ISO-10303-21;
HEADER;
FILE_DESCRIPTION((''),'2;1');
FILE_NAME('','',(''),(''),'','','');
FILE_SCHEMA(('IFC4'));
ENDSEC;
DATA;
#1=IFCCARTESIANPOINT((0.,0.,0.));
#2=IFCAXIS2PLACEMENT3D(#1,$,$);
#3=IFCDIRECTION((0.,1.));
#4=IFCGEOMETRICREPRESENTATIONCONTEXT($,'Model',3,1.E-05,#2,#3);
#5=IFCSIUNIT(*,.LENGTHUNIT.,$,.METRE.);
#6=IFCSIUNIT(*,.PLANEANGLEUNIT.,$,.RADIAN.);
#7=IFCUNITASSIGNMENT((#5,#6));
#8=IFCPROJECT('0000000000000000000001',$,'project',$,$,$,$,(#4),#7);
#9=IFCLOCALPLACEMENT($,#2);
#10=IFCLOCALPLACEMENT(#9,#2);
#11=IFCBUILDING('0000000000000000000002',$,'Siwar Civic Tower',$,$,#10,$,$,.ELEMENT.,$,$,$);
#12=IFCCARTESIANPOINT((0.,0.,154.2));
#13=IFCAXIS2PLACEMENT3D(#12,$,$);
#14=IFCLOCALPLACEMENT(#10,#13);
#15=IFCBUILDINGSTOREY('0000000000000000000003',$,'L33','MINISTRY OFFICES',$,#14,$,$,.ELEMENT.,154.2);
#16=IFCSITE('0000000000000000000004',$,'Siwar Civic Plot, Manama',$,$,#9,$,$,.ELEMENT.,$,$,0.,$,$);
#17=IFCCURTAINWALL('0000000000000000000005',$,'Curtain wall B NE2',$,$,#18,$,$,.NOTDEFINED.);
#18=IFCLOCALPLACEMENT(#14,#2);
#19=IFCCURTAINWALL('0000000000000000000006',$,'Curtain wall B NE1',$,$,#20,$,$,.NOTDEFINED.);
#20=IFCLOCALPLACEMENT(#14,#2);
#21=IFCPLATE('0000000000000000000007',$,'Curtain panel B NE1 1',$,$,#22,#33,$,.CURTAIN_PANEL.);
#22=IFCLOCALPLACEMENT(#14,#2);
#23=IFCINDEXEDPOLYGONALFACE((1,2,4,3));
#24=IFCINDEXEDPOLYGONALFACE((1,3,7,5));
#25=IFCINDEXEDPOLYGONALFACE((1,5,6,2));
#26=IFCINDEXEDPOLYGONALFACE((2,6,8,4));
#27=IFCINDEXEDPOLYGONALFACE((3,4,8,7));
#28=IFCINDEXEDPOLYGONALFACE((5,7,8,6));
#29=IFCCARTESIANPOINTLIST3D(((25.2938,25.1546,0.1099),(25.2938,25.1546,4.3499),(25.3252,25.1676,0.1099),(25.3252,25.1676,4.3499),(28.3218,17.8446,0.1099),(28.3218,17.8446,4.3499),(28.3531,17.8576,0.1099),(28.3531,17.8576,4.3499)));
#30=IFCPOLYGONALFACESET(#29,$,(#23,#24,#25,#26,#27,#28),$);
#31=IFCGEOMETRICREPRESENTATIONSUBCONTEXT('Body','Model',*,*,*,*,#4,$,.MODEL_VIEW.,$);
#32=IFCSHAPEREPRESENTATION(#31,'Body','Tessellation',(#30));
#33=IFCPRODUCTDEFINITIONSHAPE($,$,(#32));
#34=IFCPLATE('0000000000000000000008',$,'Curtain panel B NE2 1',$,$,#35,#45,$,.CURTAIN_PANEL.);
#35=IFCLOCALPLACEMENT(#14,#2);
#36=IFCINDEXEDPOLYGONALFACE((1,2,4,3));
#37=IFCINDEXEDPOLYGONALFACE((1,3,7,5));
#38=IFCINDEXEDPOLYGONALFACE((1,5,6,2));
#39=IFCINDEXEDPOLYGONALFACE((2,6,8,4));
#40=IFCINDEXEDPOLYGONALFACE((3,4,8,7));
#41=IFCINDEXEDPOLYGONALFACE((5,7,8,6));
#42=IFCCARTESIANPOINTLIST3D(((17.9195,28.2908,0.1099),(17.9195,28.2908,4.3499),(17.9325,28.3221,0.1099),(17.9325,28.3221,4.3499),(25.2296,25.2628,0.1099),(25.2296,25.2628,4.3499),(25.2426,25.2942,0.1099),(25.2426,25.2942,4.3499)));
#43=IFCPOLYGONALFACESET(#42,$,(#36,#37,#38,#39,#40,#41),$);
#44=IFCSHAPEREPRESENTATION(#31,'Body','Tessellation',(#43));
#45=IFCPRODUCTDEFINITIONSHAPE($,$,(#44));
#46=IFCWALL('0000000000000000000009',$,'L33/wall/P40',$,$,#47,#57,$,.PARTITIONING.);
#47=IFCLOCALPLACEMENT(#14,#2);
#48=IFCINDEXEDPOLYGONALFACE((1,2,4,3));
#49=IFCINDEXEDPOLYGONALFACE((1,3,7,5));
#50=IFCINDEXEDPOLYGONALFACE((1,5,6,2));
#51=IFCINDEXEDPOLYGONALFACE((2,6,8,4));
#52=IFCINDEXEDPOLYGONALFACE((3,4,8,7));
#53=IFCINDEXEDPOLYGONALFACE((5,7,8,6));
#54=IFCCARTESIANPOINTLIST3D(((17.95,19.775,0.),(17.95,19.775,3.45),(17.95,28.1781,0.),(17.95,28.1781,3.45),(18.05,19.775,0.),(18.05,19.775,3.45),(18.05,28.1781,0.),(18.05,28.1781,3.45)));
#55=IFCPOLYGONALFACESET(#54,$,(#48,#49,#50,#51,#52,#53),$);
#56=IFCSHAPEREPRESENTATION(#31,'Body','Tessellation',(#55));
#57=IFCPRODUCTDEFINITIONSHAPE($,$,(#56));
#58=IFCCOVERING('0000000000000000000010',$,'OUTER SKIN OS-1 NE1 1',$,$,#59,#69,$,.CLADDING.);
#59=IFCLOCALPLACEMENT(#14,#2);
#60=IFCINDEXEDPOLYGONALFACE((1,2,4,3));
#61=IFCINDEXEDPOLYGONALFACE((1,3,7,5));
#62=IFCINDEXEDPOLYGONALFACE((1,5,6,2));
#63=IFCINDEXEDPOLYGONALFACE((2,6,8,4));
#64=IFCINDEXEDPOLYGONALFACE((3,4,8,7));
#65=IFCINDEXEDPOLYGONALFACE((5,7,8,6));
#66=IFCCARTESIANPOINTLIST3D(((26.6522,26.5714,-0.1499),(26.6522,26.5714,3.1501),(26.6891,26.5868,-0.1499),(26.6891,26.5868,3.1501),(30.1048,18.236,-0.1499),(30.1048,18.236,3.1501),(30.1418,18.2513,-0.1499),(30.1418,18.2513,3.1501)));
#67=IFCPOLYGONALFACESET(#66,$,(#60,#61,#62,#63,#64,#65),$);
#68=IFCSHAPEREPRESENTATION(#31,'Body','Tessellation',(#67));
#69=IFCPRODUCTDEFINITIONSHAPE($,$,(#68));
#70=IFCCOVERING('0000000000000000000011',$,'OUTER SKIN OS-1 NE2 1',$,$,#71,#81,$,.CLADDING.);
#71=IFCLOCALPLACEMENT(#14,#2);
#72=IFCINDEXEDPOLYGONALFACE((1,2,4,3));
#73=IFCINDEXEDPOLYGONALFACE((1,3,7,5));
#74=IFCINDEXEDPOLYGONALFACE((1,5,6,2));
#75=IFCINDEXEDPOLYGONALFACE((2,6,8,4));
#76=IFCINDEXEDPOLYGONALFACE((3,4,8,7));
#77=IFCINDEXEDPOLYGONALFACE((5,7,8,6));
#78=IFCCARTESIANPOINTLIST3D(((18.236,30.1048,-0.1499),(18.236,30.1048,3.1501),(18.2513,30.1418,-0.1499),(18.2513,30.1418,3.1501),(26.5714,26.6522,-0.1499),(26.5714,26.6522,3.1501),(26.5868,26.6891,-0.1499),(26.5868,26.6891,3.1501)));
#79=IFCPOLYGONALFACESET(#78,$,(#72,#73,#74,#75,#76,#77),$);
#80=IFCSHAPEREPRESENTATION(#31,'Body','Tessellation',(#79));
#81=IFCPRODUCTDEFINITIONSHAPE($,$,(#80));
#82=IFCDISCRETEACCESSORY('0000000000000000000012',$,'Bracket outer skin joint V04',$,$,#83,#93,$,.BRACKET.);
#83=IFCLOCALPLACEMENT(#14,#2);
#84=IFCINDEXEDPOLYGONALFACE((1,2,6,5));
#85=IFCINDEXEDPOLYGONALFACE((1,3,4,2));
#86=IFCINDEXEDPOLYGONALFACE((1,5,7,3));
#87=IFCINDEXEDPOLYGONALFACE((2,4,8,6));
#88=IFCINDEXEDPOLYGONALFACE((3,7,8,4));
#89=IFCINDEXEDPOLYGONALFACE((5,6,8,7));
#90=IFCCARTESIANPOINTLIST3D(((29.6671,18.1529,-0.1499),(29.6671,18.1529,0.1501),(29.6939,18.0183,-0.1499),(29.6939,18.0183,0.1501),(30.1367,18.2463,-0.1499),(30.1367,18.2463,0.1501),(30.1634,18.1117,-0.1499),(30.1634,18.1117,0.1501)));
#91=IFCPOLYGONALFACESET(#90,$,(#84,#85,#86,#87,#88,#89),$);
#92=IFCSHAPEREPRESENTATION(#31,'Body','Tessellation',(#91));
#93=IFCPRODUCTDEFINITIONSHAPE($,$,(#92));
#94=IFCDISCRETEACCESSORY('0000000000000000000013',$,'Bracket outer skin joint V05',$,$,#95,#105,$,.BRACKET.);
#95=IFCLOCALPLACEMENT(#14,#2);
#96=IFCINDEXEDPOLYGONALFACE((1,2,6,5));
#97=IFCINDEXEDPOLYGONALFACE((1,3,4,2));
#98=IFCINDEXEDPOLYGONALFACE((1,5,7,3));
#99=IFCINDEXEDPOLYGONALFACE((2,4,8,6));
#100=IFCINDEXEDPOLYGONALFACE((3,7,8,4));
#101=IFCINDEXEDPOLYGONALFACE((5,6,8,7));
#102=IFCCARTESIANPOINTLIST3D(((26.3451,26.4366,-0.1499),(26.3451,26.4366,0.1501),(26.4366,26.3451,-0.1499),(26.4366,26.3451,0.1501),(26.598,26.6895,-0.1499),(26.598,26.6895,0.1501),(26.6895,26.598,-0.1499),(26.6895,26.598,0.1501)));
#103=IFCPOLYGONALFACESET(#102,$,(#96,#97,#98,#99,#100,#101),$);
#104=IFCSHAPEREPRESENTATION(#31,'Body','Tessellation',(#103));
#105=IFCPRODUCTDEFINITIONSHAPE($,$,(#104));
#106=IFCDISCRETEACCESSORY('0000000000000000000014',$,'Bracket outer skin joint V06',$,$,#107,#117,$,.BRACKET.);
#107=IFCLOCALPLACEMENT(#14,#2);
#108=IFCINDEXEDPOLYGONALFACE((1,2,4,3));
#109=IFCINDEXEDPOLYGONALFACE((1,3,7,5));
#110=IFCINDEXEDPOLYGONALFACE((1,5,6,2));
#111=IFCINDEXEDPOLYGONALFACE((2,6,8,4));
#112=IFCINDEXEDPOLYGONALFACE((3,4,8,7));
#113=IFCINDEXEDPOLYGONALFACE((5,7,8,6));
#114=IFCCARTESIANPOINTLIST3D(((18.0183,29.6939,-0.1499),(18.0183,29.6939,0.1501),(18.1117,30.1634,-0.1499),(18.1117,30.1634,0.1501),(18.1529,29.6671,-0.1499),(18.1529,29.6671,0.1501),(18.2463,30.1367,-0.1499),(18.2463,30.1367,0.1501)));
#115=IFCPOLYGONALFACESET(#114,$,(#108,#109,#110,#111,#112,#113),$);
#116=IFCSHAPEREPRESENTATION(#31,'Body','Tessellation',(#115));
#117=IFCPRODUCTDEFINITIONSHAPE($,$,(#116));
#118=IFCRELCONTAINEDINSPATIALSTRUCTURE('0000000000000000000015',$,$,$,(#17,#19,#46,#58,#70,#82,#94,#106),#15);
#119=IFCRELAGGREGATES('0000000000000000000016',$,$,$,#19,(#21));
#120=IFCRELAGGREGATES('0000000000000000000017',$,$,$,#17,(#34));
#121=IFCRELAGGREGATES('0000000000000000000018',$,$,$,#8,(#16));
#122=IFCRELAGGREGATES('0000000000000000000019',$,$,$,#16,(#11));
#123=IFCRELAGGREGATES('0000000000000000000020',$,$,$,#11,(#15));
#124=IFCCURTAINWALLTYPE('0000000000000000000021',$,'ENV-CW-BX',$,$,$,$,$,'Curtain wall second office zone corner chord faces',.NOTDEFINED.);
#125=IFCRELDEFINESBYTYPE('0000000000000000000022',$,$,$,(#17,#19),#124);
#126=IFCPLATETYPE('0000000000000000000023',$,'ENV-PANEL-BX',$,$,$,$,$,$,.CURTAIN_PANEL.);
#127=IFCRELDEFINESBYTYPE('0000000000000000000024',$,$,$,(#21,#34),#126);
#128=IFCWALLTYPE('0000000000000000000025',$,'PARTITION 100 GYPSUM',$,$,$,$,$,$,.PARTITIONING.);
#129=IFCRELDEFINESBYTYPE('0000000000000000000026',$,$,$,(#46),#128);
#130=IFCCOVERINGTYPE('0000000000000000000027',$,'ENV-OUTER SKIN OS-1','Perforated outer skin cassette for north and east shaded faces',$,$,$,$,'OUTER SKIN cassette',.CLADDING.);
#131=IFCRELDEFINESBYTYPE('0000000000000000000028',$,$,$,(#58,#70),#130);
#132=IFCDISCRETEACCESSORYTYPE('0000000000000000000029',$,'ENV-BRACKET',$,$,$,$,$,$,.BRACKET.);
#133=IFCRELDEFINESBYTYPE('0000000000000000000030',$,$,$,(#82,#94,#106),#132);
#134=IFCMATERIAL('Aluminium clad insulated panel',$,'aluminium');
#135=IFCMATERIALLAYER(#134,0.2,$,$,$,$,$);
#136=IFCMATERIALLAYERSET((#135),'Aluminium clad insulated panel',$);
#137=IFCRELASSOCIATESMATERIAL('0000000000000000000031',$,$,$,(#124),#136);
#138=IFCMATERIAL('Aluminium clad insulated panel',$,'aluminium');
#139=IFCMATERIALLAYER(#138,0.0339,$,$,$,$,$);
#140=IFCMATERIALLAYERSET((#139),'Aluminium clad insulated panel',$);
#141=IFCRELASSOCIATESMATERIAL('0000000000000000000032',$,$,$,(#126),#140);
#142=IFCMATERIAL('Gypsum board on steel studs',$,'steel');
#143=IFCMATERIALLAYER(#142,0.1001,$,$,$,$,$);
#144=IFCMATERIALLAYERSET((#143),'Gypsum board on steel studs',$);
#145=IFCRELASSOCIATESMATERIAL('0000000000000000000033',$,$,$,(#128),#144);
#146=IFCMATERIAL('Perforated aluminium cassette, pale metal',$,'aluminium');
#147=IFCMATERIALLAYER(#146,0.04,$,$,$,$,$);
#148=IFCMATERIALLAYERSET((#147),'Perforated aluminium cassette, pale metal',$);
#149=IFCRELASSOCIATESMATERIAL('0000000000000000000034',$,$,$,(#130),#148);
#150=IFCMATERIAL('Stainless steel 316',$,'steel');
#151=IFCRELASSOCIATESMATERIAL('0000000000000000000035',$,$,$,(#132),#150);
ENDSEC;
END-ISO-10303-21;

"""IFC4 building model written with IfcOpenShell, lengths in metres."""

from ifc_helpers import new_model, si_unit, direction, frame, frame_2d, origin, origin_2d, place, context, subcontext, project, spatial, rectangle, extrude, material, layer, layer_set, type_object, element, aggregate, save


model = new_model("IFC4")

# Units and contexts
model_context = context("Model", 3, precision=1e-05, world=origin(), true_north=direction((0.0, 1.0)))
body_context = subcontext(model_context, "Body", "Model", "MODEL_VIEW")
ifc_project = project(units=[si_unit("LENGTHUNIT", "METRE"), si_unit("PLANEANGLEUNIT", "RADIAN")], contexts=[model_context])

# Site, building, storey
site_placement = place(None, origin())
site = spatial("IfcSite", under=ifc_project, at=site_placement, Name="Siwar Civic Plot, Manama", CompositionType="ELEMENT", RefElevation=0.0)
building_placement = place(site_placement, origin())
building = spatial("IfcBuilding", under=site, at=building_placement, Name="Siwar Civic Tower", CompositionType="ELEMENT")
storey_placement = place(building_placement, frame((0.0, 0.0, 154.2)))
storey = spatial("IfcBuildingStorey", under=building, at=storey_placement, Name="L33", Description="MINISTRY OFFICES", CompositionType="ELEMENT", Elevation=154.2)

# Curtain walls
ifc_material_1 = material(Name="Aluminium clad insulated panel", Category="aluminium")
ifc_layer_1 = layer(ifc_material_1, 0.2)
ifc_layer_set_1 = layer_set([ifc_layer_1], Name="Aluminium clad insulated panel")
curtain_wall_type_1 = type_object("IfcCurtainWallType", Name="ENV-CW-BX", ElementType="Curtain wall second office zone corner chord faces", PredefinedType="NOTDEFINED", material=ifc_layer_set_1)
curtain_wall_1_placement = place(storey_placement, origin())
curtain_wall_1 = element("IfcCurtainWall", 1, at=curtain_wall_1_placement, inside=storey, type_object=curtain_wall_type_1, Name="Curtain wall B NE2", PredefinedType="NOTDEFINED")
curtain_wall_2_placement = place(storey_placement, origin())
curtain_wall_2 = element("IfcCurtainWall", 2, at=curtain_wall_2_placement, inside=storey, type_object=curtain_wall_type_1, Name="Curtain wall B NE1", PredefinedType="NOTDEFINED")

# Plates
ifc_material_2 = material(Name="Aluminium clad insulated panel", Category="aluminium")
ifc_layer_2 = layer(ifc_material_2, 0.0339)
ifc_layer_set_2 = layer_set([ifc_layer_2], Name="Aluminium clad insulated panel")
plate_type = type_object("IfcPlateType", Name="ENV-PANEL-BX", PredefinedType="CURTAIN_PANEL", material=ifc_layer_set_2)
plate_1_placement = place(storey_placement, frame((26.8235, 21.5061, 0.1099), z_axis=(0.0, 0.0, 1.0), x_axis=(-0.382683, 0.92388, 0.0)))
plate_1 = element("IfcPlate", 3, at=plate_1_placement, type_object=plate_type, Name="Curtain panel B NE1 1", PredefinedType="CURTAIN_PANEL", context=body_context, shape_type="SweptSolid", body=[
    extrude(rectangle(XDim=7.9124, YDim=0.0339, at=origin_2d()), origin(), (0.0, 0.0, 1.0), 4.24),
])
aggregate(curtain_wall_2, [plate_1])
plate_2_placement = place(storey_placement, frame((21.5811, 26.7925, 0.1099), z_axis=(0.0, 0.0, 1.0), x_axis=(-0.92388, 0.382683, 0.0)))
plate_2 = element("IfcPlate", 4, at=plate_2_placement, type_object=plate_type, Name="Curtain panel B NE2 1", PredefinedType="CURTAIN_PANEL", context=body_context, shape_type="SweptSolid", body=[
    extrude(rectangle(XDim=7.9124, YDim=0.0339, at=origin_2d()), origin(), (0.0, 0.0, 1.0), 4.24),
])
aggregate(curtain_wall_1, [plate_2])

# Wall
ifc_material_3 = material(Name="Gypsum board on steel studs", Category="steel")
ifc_layer_3 = layer(ifc_material_3, 0.1001)
ifc_layer_set_3 = layer_set([ifc_layer_3], Name="Gypsum board on steel studs")
wall_type = type_object("IfcWallType", Name="PARTITION 100 GYPSUM", PredefinedType="PARTITIONING", material=ifc_layer_set_3)
wall_placement = place(storey_placement, frame((18.0, 19.7749, 0.0), z_axis=(0.0, 0.0, 1.0), x_axis=(0.0, 1.0, 0.0)))
element("IfcWall", 5, at=wall_placement, inside=storey, type_object=wall_type, Name="L33/wall/P40", PredefinedType="PARTITIONING", context=body_context, shape_type="SweptSolid", body=[
    extrude(rectangle(XDim=8.4031, YDim=0.1001, at=frame_2d((4.2017, 0.0))), origin(), (0.0, 0.0, 1.0), 3.45),
])

# Coverings
ifc_material_4 = material(Name="Perforated aluminium cassette, pale metal", Category="aluminium")
ifc_layer_4 = layer(ifc_material_4, 0.04)
ifc_layer_set_4 = layer_set([ifc_layer_4], Name="Perforated aluminium cassette, pale metal")
covering_type = type_object("IfcCoveringType", Name="ENV-OUTER SKIN OS-1", Description="Perforated outer skin cassette for north and east shaded faces", ElementType="OUTER SKIN cassette", PredefinedType="CLADDING", material=ifc_layer_set_4)
for number, where, z_axis, x_axis, name in (
    (6, (28.397, 22.4114, -0.1499), (0.0, 0.0, 1.0), (-0.382683, 0.92388, 0.0), "OUTER SKIN OS-1 NE1 1"),
    (7, (22.4114, 28.397, -0.1499), (0.0, 0.0, 1.0), (-0.92388, 0.382683, 0.0), "OUTER SKIN OS-1 NE2 1"),
):
    element("IfcCovering", number, at=place(storey_placement, frame(where, z_axis=z_axis, x_axis=x_axis)), inside=storey, type_object=covering_type, Name=name, PredefinedType="CLADDING", context=body_context, shape_type="SweptSolid", body=[
        extrude(rectangle(XDim=9.0222, YDim=0.04, at=origin_2d()), origin(), (0.0, 0.0, 1.0), 3.3),
    ])

# Discrete accessories
ifc_material_5 = material(Name="Stainless steel 316", Category="steel")
discrete_accessory_type = type_object("IfcDiscreteAccessoryType", Name="ENV-BRACKET", PredefinedType="BRACKET", material=ifc_material_5)
discrete_accessory_1_placement = place(storey_placement, frame((29.9153, 18.1323, -0.1499), z_axis=(0.0, 0.0, 1.0), x_axis=(0.980785, 0.19509, 0.0)))
element("IfcDiscreteAccessory", 8, at=discrete_accessory_1_placement, inside=storey, type_object=discrete_accessory_type, Name="Bracket outer skin joint V04", PredefinedType="BRACKET", context=body_context, shape_type="SweptSolid", body=[
    extrude(rectangle(XDim=0.4788, YDim=0.1372, at=origin_2d()), origin(), (0.0, 0.0, 1.0), 0.3),
])
discrete_accessory_2_placement = place(storey_placement, frame((26.5173, 26.5173, -0.1499), z_axis=(0.0, 0.0, 1.0), x_axis=(0.707107, 0.707107, 0.0)))
element("IfcDiscreteAccessory", 9, at=discrete_accessory_2_placement, inside=storey, type_object=discrete_accessory_type, Name="Bracket outer skin joint V05", PredefinedType="BRACKET", context=body_context, shape_type="SweptSolid", body=[
    extrude(rectangle(XDim=0.3577, YDim=0.1294, at=origin_2d()), origin(), (0.0, 0.0, 1.0), 0.3),
])
discrete_accessory_3_placement = place(storey_placement, frame((18.1323, 29.9153, -0.1499), z_axis=(0.0, 0.0, 1.0), x_axis=(0.19509, 0.980785, 0.0)))
element("IfcDiscreteAccessory", 10, at=discrete_accessory_3_placement, inside=storey, type_object=discrete_accessory_type, Name="Bracket outer skin joint V06", PredefinedType="BRACKET", context=body_context, shape_type="SweptSolid", body=[
    extrude(rectangle(XDim=0.4788, YDim=0.1372, at=origin_2d()), origin(), (0.0, 0.0, 1.0), 0.3),
])

save(model, "model.ifc")
